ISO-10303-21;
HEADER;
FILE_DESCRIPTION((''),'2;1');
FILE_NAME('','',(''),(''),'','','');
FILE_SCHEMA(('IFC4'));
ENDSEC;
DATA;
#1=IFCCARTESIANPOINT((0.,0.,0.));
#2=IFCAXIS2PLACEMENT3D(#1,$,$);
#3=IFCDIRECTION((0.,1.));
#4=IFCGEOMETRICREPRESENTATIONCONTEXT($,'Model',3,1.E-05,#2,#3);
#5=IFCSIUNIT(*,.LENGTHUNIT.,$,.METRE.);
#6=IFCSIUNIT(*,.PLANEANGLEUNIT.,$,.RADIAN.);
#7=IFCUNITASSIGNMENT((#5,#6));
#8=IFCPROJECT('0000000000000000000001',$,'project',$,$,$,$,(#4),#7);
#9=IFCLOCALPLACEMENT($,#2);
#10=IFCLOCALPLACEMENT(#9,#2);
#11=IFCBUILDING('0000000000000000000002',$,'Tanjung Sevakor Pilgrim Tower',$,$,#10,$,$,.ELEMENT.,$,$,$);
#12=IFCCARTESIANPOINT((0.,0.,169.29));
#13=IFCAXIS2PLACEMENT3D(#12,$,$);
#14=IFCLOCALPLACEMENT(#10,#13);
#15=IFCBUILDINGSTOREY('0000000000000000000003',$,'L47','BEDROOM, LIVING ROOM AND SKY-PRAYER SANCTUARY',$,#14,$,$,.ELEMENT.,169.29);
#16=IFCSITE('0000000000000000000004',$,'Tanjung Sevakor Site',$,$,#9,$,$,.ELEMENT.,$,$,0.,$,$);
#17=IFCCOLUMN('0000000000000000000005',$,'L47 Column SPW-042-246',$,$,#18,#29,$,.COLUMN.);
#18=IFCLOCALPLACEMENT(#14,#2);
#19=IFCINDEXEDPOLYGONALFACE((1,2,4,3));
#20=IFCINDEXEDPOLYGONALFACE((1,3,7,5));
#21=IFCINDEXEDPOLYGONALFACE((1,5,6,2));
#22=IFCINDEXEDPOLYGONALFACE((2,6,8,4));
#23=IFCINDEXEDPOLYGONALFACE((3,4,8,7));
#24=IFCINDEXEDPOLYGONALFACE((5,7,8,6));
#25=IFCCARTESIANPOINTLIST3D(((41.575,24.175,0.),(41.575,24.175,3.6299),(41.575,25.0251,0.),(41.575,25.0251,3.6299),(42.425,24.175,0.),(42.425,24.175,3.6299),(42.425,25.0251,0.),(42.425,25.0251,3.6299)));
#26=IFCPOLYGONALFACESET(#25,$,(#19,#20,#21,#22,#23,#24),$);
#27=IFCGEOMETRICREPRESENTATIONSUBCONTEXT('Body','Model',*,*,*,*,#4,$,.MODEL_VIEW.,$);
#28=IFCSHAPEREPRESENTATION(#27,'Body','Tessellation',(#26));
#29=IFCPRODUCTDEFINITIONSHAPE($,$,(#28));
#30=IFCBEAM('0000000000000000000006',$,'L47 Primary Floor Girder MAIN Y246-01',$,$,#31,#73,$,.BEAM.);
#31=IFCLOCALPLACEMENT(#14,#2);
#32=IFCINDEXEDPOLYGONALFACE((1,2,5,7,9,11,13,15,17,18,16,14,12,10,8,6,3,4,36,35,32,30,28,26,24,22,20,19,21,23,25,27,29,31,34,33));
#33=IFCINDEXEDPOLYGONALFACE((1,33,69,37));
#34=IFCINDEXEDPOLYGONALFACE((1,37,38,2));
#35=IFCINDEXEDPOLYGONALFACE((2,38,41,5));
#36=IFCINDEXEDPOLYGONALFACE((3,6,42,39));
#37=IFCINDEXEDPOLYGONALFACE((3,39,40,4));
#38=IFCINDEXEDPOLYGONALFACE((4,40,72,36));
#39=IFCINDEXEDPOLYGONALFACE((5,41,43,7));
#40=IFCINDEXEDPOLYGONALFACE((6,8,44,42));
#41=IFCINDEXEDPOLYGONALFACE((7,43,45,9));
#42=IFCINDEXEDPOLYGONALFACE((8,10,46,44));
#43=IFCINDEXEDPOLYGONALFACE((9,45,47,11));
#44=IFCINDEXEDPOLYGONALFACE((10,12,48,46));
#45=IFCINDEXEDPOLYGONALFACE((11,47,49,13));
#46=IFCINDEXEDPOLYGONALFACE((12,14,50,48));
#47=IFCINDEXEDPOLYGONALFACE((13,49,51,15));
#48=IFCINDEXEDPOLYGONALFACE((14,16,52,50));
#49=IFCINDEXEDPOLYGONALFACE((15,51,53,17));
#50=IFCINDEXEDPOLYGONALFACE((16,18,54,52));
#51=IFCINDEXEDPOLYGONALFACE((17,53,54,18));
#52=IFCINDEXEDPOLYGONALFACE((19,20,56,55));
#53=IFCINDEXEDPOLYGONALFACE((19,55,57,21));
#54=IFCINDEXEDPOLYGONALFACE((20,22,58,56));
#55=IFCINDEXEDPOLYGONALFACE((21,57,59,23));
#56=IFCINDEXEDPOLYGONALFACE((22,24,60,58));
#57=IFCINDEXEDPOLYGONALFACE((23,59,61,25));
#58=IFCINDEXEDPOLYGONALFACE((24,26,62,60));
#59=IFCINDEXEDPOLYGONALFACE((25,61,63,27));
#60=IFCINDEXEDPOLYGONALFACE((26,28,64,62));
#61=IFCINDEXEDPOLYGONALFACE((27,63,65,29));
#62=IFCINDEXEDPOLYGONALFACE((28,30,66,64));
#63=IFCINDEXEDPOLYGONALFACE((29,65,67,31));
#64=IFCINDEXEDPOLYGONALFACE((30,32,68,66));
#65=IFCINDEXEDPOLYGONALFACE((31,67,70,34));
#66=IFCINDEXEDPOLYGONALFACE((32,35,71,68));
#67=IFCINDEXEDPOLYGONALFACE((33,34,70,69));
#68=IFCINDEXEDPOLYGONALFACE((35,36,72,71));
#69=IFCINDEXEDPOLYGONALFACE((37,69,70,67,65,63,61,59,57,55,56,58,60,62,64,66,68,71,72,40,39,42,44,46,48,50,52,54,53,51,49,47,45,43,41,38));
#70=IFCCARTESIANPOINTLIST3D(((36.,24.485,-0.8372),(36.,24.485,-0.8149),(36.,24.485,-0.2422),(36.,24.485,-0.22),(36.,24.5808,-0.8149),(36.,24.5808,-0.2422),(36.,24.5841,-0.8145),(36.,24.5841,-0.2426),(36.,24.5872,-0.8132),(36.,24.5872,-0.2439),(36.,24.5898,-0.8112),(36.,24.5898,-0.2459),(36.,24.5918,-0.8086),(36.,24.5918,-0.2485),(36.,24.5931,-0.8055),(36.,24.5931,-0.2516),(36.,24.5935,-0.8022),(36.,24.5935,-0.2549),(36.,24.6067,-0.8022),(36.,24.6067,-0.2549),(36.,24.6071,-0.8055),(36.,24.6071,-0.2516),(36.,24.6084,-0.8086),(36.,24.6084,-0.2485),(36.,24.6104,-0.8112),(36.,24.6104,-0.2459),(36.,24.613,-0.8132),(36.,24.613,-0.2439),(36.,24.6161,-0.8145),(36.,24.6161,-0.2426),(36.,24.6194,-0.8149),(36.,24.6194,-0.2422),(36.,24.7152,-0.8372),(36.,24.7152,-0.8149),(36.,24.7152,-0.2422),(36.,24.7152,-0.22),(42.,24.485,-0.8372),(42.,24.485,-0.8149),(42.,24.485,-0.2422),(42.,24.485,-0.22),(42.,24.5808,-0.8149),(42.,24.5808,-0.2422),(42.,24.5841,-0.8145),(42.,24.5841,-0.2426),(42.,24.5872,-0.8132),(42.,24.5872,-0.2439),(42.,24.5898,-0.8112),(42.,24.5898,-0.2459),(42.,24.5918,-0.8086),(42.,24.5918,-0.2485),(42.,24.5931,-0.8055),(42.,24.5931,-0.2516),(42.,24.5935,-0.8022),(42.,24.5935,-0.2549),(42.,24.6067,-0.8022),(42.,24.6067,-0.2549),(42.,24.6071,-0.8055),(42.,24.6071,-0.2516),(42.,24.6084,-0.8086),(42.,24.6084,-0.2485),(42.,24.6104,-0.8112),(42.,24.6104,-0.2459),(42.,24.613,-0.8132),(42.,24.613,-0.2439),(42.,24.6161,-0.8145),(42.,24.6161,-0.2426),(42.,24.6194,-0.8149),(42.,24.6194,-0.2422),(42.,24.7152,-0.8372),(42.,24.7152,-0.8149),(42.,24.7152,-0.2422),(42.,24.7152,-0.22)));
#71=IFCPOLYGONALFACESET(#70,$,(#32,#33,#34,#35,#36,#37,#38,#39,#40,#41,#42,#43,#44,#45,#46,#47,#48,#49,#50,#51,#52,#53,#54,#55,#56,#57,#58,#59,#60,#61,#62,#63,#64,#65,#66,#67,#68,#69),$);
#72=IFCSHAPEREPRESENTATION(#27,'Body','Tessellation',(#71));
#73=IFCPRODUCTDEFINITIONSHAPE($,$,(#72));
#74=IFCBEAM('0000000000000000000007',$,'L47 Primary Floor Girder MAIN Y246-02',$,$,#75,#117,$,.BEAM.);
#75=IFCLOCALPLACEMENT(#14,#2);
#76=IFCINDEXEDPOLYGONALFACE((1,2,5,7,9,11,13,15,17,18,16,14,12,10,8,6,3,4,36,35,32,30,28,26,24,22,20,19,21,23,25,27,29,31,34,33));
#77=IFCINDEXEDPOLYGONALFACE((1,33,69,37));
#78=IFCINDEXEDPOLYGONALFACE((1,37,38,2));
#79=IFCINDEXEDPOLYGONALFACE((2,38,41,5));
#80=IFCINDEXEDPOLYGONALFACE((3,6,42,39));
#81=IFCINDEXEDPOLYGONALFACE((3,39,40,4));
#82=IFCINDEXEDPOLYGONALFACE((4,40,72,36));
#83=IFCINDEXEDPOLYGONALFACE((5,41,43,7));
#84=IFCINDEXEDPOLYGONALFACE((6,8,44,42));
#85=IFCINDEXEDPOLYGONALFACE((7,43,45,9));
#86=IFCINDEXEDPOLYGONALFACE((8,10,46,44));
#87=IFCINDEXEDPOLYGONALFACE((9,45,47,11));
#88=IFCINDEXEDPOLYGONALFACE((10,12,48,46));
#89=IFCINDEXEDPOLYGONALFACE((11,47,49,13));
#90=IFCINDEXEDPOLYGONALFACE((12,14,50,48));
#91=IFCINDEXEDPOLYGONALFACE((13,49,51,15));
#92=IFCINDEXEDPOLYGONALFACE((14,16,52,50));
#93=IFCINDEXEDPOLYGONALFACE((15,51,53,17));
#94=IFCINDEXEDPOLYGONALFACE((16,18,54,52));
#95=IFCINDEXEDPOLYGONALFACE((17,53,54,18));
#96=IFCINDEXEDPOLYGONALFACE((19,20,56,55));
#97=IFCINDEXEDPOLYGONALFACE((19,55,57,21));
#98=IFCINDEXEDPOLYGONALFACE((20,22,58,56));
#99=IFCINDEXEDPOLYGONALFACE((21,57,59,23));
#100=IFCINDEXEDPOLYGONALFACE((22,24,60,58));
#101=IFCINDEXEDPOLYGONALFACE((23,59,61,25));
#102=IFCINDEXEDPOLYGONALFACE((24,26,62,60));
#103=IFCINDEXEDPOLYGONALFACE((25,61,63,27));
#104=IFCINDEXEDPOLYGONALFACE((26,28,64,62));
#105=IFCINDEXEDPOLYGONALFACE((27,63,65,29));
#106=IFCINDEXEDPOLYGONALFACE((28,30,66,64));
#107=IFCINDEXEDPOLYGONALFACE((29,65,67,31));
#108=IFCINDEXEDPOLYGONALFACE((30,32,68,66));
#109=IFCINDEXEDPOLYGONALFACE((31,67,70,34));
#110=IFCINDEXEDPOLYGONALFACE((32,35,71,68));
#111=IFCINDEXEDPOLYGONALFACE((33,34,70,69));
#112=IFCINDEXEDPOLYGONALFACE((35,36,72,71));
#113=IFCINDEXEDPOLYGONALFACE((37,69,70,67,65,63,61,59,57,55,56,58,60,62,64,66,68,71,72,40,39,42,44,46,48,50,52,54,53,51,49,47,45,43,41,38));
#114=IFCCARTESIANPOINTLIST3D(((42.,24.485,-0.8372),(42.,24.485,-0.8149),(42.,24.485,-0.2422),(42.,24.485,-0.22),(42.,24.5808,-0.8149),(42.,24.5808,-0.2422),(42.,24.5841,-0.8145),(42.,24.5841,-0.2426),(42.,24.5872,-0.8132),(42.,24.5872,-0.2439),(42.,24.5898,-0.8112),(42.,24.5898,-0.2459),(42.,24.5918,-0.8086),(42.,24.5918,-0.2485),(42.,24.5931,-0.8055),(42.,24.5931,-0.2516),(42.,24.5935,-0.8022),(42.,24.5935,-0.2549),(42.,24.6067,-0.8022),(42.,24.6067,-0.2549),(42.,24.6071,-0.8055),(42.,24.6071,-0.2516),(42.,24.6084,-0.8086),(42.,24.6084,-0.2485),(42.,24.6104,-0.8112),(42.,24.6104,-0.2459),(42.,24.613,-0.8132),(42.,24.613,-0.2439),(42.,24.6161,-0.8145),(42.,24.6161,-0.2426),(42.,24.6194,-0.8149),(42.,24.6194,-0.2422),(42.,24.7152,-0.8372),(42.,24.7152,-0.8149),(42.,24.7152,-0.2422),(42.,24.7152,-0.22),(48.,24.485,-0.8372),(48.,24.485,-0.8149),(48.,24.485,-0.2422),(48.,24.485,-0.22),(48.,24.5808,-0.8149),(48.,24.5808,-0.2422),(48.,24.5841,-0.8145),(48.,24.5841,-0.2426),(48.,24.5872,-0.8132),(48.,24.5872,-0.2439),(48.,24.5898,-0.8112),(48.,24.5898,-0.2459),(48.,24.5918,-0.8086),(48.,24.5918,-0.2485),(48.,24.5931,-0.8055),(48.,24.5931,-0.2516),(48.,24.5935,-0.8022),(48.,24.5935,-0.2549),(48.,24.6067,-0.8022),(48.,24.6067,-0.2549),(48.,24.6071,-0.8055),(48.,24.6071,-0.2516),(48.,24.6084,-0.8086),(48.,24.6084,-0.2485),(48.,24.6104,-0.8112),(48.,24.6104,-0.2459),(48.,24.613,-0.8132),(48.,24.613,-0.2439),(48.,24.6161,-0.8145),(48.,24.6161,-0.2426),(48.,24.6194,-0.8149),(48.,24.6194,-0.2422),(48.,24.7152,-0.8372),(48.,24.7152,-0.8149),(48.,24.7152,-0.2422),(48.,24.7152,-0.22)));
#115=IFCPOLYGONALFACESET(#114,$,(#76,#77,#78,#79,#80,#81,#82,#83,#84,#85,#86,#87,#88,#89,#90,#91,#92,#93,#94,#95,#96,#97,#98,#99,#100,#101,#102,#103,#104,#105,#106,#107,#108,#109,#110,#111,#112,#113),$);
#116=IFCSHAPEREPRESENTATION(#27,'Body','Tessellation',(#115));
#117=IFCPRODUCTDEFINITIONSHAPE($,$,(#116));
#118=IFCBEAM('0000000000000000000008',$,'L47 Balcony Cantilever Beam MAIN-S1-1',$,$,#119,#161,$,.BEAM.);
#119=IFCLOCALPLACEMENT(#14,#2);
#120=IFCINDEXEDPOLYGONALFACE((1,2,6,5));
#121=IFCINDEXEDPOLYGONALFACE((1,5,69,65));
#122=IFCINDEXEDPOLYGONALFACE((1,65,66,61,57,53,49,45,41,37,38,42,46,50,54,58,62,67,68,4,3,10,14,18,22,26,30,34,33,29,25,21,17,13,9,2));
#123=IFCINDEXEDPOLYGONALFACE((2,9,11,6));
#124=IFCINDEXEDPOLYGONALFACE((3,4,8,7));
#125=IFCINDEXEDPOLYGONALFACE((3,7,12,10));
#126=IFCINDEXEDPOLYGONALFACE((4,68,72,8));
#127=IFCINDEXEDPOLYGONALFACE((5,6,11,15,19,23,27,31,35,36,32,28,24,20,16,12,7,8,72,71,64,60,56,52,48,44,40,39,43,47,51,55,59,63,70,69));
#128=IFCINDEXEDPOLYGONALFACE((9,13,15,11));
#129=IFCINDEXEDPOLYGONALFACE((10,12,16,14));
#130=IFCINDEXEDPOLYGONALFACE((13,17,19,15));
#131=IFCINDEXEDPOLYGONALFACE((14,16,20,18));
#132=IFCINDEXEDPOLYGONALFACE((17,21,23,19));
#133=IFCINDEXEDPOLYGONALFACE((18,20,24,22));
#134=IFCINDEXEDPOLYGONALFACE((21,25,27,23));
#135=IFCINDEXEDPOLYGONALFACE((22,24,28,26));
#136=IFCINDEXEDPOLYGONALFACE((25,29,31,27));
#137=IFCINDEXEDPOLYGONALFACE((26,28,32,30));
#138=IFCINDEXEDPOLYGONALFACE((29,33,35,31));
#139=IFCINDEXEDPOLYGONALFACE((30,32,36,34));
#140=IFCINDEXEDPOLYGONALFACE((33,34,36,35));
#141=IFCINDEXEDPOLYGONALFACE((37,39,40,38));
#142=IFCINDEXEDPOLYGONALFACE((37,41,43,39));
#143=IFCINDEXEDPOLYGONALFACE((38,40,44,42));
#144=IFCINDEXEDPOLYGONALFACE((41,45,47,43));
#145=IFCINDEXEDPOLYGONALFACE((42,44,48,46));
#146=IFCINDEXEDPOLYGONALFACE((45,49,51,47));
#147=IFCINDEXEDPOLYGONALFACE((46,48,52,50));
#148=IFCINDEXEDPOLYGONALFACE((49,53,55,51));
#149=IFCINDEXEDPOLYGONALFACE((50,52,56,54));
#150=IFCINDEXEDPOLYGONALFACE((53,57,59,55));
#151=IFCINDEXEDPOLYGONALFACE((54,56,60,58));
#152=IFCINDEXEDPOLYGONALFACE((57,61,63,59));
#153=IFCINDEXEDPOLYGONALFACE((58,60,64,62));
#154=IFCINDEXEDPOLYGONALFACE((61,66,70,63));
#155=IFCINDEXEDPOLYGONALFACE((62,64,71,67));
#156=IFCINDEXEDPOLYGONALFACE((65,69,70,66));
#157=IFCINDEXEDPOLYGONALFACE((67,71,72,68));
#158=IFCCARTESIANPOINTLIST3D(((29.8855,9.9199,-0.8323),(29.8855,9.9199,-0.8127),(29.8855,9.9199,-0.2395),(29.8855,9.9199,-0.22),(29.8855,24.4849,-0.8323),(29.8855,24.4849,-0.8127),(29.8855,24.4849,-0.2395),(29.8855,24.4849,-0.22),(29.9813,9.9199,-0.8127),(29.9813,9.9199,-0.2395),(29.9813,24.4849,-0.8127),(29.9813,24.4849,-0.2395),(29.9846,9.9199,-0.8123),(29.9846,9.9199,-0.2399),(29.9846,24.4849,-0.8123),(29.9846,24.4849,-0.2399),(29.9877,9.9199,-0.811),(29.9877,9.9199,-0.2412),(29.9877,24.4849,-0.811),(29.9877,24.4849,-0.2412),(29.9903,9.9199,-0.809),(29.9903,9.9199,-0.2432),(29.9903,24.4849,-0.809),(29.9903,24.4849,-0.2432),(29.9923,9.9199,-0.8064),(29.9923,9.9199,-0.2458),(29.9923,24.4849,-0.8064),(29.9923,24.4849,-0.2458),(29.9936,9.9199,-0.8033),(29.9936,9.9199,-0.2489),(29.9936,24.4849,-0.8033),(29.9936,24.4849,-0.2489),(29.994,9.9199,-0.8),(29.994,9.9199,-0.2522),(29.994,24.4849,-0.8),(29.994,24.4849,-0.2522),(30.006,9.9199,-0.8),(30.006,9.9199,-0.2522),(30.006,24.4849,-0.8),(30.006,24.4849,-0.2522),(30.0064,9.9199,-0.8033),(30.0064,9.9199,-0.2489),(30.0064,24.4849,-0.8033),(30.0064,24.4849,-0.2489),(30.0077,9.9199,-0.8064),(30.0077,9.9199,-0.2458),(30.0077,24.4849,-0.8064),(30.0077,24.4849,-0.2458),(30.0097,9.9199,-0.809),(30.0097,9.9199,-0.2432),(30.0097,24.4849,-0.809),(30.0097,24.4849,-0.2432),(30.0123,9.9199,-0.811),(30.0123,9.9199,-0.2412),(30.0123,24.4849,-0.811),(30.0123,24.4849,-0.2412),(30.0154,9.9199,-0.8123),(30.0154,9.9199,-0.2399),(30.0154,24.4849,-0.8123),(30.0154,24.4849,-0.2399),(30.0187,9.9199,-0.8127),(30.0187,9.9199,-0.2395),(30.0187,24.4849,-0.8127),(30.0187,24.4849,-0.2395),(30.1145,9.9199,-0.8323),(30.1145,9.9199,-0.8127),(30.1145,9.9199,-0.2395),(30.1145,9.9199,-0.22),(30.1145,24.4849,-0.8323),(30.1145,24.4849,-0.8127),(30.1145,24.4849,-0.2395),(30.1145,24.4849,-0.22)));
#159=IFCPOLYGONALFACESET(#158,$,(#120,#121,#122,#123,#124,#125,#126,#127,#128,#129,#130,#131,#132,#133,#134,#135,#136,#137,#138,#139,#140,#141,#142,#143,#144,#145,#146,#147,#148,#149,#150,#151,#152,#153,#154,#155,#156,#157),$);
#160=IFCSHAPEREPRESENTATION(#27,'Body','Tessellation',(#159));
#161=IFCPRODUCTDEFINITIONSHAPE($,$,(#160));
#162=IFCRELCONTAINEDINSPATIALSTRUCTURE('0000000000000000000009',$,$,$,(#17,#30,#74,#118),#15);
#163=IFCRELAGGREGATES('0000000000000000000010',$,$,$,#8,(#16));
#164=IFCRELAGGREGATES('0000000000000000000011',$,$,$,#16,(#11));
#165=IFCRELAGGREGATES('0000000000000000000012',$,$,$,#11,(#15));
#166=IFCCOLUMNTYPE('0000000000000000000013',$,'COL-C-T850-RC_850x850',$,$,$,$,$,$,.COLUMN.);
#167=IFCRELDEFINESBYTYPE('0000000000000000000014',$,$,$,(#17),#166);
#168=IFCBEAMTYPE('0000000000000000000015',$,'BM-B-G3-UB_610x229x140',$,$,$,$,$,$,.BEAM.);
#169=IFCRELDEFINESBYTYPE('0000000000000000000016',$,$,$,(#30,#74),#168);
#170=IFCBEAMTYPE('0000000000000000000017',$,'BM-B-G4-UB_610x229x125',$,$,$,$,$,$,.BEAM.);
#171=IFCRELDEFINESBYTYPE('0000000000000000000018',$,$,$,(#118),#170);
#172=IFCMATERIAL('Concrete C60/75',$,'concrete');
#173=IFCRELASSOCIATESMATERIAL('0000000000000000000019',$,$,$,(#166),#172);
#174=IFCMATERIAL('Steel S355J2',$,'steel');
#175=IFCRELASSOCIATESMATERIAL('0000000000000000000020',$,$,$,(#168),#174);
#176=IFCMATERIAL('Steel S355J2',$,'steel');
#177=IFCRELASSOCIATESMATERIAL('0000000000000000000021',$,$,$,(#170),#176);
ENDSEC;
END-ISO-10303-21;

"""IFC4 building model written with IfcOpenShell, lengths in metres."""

from ifc_helpers import new_model, si_unit, direction, frame, origin, origin_2d, place, context, subcontext, project, spatial, rectangle, i_section, extrude, material, material_profile, profile_set, type_object, element, save


model = new_model("IFC4")

# Units and contexts
model_context = context("Model", 3, precision=1e-05, world=origin(), true_north=direction((0.0, 1.0)))
body_context = subcontext(model_context, "Body", "Model", "MODEL_VIEW")
ifc_project = project(units=[si_unit("LENGTHUNIT", "METRE"), si_unit("PLANEANGLEUNIT", "RADIAN")], contexts=[model_context])

# Site, building, storey
site_placement = place(None, origin())
site = spatial("IfcSite", under=ifc_project, at=site_placement, Name="Tanjung Sevakor Site", CompositionType="ELEMENT", RefElevation=0.0)
building_placement = place(site_placement, origin())
building = spatial("IfcBuilding", under=site, at=building_placement, Name="Tanjung Sevakor Pilgrim Tower", CompositionType="ELEMENT")
storey_placement = place(building_placement, frame((0.0, 0.0, 169.29)))
storey = spatial("IfcBuildingStorey", under=building, at=storey_placement, Name="L47", Description="BEDROOM, LIVING ROOM AND SKY-PRAYER SANCTUARY", CompositionType="ELEMENT", Elevation=169.29)

# Column
ifc_material_1 = material(Name="Concrete C60/75", Category="concrete")
ifc_material_profile_1 = material_profile(ifc_material_1, rectangle(XDim=0.8501, YDim=0.8501, at=origin_2d()))
ifc_profile_set_1 = profile_set([ifc_material_profile_1], Name="Concrete C60/75")
column_type = type_object("IfcColumnType", Name="COL-C-T850-RC_850x850", PredefinedType="COLUMN", material=ifc_profile_set_1)
column_placement = place(storey_placement, frame((42.0, 24.6001, 0.0), z_axis=(0.0, 0.0, 1.0), x_axis=(1.0, 0.0, 0.0)))
element("IfcColumn", 1, at=column_placement, inside=storey, type_object=column_type, Name="L47 Column SPW-042-246", PredefinedType="COLUMN", context=body_context, shape_type="SweptSolid", body=[
    extrude(rectangle(XDim=0.8501, YDim=0.8501, at=origin_2d()), origin(), (0.0, 0.0, 1.0), 3.6299),
])

# Beams
ifc_material_2 = material(Name="Steel S355J2", Category="steel")
ifc_material_profile_2 = material_profile(ifc_material_2, i_section(OverallWidth=0.2302, OverallDepth=0.6172, WebThickness=0.0132, FlangeThickness=0.0222, FilletRadius=0.0127, at=origin_2d()))
ifc_profile_set_2 = profile_set([ifc_material_profile_2], Name="Steel S355J2")
beam_type_1 = type_object("IfcBeamType", Name="BM-B-G3-UB_610x229x140", PredefinedType="BEAM", material=ifc_profile_set_2)
for number, where, z_axis, x_axis, name in (
    (2, (36.0, 24.6001, -0.5286), (1.0, 0.0, 0.0), (0.0, 1.0, 0.0), "L47 Primary Floor Girder MAIN Y246-01"),
    (3, (42.0, 24.6001, -0.5286), (1.0, 0.0, 0.0), (0.0, 1.0, 0.0), "L47 Primary Floor Girder MAIN Y246-02"),
):
    element("IfcBeam", number, at=place(storey_placement, frame(where, z_axis=z_axis, x_axis=x_axis)), inside=storey, type_object=beam_type_1, Name=name, PredefinedType="BEAM", context=body_context, shape_type="SweptSolid", body=[
        extrude(i_section(OverallWidth=0.2302, OverallDepth=0.6172, WebThickness=0.0132, FlangeThickness=0.0222, FilletRadius=0.0127, at=origin_2d()), origin(), (0.0, 0.0, 1.0), 6.0),
    ])
ifc_material_3 = material(Name="Steel S355J2", Category="steel")
ifc_material_profile_3 = material_profile(ifc_material_3, i_section(OverallWidth=0.229, OverallDepth=0.6123, WebThickness=0.012, FlangeThickness=0.0195, FilletRadius=0.0127, at=origin_2d()))
ifc_profile_set_3 = profile_set([ifc_material_profile_3], Name="Steel S355J2")
beam_type_2 = type_object("IfcBeamType", Name="BM-B-G4-UB_610x229x125", PredefinedType="BEAM", material=ifc_profile_set_3)
for number, where, z_axis, x_axis, name in (
    (4, (30.0, 24.4849, -0.5261), (0.0, -1.0, 0.0), (1.0, 0.0, 0.0), "L47 Balcony Cantilever Beam MAIN-S1-1"),
):
    element("IfcBeam", number, at=place(storey_placement, frame(where, z_axis=z_axis, x_axis=x_axis)), inside=storey, type_object=beam_type_2, Name=name, PredefinedType="BEAM", context=body_context, shape_type="SweptSolid", body=[
        extrude(i_section(OverallWidth=0.229, OverallDepth=0.6123, WebThickness=0.012, FlangeThickness=0.0195, FilletRadius=0.0127, at=origin_2d()), origin(), (0.0, 0.0, 1.0), 14.5649),
    ])

save(model, "model.ifc")
